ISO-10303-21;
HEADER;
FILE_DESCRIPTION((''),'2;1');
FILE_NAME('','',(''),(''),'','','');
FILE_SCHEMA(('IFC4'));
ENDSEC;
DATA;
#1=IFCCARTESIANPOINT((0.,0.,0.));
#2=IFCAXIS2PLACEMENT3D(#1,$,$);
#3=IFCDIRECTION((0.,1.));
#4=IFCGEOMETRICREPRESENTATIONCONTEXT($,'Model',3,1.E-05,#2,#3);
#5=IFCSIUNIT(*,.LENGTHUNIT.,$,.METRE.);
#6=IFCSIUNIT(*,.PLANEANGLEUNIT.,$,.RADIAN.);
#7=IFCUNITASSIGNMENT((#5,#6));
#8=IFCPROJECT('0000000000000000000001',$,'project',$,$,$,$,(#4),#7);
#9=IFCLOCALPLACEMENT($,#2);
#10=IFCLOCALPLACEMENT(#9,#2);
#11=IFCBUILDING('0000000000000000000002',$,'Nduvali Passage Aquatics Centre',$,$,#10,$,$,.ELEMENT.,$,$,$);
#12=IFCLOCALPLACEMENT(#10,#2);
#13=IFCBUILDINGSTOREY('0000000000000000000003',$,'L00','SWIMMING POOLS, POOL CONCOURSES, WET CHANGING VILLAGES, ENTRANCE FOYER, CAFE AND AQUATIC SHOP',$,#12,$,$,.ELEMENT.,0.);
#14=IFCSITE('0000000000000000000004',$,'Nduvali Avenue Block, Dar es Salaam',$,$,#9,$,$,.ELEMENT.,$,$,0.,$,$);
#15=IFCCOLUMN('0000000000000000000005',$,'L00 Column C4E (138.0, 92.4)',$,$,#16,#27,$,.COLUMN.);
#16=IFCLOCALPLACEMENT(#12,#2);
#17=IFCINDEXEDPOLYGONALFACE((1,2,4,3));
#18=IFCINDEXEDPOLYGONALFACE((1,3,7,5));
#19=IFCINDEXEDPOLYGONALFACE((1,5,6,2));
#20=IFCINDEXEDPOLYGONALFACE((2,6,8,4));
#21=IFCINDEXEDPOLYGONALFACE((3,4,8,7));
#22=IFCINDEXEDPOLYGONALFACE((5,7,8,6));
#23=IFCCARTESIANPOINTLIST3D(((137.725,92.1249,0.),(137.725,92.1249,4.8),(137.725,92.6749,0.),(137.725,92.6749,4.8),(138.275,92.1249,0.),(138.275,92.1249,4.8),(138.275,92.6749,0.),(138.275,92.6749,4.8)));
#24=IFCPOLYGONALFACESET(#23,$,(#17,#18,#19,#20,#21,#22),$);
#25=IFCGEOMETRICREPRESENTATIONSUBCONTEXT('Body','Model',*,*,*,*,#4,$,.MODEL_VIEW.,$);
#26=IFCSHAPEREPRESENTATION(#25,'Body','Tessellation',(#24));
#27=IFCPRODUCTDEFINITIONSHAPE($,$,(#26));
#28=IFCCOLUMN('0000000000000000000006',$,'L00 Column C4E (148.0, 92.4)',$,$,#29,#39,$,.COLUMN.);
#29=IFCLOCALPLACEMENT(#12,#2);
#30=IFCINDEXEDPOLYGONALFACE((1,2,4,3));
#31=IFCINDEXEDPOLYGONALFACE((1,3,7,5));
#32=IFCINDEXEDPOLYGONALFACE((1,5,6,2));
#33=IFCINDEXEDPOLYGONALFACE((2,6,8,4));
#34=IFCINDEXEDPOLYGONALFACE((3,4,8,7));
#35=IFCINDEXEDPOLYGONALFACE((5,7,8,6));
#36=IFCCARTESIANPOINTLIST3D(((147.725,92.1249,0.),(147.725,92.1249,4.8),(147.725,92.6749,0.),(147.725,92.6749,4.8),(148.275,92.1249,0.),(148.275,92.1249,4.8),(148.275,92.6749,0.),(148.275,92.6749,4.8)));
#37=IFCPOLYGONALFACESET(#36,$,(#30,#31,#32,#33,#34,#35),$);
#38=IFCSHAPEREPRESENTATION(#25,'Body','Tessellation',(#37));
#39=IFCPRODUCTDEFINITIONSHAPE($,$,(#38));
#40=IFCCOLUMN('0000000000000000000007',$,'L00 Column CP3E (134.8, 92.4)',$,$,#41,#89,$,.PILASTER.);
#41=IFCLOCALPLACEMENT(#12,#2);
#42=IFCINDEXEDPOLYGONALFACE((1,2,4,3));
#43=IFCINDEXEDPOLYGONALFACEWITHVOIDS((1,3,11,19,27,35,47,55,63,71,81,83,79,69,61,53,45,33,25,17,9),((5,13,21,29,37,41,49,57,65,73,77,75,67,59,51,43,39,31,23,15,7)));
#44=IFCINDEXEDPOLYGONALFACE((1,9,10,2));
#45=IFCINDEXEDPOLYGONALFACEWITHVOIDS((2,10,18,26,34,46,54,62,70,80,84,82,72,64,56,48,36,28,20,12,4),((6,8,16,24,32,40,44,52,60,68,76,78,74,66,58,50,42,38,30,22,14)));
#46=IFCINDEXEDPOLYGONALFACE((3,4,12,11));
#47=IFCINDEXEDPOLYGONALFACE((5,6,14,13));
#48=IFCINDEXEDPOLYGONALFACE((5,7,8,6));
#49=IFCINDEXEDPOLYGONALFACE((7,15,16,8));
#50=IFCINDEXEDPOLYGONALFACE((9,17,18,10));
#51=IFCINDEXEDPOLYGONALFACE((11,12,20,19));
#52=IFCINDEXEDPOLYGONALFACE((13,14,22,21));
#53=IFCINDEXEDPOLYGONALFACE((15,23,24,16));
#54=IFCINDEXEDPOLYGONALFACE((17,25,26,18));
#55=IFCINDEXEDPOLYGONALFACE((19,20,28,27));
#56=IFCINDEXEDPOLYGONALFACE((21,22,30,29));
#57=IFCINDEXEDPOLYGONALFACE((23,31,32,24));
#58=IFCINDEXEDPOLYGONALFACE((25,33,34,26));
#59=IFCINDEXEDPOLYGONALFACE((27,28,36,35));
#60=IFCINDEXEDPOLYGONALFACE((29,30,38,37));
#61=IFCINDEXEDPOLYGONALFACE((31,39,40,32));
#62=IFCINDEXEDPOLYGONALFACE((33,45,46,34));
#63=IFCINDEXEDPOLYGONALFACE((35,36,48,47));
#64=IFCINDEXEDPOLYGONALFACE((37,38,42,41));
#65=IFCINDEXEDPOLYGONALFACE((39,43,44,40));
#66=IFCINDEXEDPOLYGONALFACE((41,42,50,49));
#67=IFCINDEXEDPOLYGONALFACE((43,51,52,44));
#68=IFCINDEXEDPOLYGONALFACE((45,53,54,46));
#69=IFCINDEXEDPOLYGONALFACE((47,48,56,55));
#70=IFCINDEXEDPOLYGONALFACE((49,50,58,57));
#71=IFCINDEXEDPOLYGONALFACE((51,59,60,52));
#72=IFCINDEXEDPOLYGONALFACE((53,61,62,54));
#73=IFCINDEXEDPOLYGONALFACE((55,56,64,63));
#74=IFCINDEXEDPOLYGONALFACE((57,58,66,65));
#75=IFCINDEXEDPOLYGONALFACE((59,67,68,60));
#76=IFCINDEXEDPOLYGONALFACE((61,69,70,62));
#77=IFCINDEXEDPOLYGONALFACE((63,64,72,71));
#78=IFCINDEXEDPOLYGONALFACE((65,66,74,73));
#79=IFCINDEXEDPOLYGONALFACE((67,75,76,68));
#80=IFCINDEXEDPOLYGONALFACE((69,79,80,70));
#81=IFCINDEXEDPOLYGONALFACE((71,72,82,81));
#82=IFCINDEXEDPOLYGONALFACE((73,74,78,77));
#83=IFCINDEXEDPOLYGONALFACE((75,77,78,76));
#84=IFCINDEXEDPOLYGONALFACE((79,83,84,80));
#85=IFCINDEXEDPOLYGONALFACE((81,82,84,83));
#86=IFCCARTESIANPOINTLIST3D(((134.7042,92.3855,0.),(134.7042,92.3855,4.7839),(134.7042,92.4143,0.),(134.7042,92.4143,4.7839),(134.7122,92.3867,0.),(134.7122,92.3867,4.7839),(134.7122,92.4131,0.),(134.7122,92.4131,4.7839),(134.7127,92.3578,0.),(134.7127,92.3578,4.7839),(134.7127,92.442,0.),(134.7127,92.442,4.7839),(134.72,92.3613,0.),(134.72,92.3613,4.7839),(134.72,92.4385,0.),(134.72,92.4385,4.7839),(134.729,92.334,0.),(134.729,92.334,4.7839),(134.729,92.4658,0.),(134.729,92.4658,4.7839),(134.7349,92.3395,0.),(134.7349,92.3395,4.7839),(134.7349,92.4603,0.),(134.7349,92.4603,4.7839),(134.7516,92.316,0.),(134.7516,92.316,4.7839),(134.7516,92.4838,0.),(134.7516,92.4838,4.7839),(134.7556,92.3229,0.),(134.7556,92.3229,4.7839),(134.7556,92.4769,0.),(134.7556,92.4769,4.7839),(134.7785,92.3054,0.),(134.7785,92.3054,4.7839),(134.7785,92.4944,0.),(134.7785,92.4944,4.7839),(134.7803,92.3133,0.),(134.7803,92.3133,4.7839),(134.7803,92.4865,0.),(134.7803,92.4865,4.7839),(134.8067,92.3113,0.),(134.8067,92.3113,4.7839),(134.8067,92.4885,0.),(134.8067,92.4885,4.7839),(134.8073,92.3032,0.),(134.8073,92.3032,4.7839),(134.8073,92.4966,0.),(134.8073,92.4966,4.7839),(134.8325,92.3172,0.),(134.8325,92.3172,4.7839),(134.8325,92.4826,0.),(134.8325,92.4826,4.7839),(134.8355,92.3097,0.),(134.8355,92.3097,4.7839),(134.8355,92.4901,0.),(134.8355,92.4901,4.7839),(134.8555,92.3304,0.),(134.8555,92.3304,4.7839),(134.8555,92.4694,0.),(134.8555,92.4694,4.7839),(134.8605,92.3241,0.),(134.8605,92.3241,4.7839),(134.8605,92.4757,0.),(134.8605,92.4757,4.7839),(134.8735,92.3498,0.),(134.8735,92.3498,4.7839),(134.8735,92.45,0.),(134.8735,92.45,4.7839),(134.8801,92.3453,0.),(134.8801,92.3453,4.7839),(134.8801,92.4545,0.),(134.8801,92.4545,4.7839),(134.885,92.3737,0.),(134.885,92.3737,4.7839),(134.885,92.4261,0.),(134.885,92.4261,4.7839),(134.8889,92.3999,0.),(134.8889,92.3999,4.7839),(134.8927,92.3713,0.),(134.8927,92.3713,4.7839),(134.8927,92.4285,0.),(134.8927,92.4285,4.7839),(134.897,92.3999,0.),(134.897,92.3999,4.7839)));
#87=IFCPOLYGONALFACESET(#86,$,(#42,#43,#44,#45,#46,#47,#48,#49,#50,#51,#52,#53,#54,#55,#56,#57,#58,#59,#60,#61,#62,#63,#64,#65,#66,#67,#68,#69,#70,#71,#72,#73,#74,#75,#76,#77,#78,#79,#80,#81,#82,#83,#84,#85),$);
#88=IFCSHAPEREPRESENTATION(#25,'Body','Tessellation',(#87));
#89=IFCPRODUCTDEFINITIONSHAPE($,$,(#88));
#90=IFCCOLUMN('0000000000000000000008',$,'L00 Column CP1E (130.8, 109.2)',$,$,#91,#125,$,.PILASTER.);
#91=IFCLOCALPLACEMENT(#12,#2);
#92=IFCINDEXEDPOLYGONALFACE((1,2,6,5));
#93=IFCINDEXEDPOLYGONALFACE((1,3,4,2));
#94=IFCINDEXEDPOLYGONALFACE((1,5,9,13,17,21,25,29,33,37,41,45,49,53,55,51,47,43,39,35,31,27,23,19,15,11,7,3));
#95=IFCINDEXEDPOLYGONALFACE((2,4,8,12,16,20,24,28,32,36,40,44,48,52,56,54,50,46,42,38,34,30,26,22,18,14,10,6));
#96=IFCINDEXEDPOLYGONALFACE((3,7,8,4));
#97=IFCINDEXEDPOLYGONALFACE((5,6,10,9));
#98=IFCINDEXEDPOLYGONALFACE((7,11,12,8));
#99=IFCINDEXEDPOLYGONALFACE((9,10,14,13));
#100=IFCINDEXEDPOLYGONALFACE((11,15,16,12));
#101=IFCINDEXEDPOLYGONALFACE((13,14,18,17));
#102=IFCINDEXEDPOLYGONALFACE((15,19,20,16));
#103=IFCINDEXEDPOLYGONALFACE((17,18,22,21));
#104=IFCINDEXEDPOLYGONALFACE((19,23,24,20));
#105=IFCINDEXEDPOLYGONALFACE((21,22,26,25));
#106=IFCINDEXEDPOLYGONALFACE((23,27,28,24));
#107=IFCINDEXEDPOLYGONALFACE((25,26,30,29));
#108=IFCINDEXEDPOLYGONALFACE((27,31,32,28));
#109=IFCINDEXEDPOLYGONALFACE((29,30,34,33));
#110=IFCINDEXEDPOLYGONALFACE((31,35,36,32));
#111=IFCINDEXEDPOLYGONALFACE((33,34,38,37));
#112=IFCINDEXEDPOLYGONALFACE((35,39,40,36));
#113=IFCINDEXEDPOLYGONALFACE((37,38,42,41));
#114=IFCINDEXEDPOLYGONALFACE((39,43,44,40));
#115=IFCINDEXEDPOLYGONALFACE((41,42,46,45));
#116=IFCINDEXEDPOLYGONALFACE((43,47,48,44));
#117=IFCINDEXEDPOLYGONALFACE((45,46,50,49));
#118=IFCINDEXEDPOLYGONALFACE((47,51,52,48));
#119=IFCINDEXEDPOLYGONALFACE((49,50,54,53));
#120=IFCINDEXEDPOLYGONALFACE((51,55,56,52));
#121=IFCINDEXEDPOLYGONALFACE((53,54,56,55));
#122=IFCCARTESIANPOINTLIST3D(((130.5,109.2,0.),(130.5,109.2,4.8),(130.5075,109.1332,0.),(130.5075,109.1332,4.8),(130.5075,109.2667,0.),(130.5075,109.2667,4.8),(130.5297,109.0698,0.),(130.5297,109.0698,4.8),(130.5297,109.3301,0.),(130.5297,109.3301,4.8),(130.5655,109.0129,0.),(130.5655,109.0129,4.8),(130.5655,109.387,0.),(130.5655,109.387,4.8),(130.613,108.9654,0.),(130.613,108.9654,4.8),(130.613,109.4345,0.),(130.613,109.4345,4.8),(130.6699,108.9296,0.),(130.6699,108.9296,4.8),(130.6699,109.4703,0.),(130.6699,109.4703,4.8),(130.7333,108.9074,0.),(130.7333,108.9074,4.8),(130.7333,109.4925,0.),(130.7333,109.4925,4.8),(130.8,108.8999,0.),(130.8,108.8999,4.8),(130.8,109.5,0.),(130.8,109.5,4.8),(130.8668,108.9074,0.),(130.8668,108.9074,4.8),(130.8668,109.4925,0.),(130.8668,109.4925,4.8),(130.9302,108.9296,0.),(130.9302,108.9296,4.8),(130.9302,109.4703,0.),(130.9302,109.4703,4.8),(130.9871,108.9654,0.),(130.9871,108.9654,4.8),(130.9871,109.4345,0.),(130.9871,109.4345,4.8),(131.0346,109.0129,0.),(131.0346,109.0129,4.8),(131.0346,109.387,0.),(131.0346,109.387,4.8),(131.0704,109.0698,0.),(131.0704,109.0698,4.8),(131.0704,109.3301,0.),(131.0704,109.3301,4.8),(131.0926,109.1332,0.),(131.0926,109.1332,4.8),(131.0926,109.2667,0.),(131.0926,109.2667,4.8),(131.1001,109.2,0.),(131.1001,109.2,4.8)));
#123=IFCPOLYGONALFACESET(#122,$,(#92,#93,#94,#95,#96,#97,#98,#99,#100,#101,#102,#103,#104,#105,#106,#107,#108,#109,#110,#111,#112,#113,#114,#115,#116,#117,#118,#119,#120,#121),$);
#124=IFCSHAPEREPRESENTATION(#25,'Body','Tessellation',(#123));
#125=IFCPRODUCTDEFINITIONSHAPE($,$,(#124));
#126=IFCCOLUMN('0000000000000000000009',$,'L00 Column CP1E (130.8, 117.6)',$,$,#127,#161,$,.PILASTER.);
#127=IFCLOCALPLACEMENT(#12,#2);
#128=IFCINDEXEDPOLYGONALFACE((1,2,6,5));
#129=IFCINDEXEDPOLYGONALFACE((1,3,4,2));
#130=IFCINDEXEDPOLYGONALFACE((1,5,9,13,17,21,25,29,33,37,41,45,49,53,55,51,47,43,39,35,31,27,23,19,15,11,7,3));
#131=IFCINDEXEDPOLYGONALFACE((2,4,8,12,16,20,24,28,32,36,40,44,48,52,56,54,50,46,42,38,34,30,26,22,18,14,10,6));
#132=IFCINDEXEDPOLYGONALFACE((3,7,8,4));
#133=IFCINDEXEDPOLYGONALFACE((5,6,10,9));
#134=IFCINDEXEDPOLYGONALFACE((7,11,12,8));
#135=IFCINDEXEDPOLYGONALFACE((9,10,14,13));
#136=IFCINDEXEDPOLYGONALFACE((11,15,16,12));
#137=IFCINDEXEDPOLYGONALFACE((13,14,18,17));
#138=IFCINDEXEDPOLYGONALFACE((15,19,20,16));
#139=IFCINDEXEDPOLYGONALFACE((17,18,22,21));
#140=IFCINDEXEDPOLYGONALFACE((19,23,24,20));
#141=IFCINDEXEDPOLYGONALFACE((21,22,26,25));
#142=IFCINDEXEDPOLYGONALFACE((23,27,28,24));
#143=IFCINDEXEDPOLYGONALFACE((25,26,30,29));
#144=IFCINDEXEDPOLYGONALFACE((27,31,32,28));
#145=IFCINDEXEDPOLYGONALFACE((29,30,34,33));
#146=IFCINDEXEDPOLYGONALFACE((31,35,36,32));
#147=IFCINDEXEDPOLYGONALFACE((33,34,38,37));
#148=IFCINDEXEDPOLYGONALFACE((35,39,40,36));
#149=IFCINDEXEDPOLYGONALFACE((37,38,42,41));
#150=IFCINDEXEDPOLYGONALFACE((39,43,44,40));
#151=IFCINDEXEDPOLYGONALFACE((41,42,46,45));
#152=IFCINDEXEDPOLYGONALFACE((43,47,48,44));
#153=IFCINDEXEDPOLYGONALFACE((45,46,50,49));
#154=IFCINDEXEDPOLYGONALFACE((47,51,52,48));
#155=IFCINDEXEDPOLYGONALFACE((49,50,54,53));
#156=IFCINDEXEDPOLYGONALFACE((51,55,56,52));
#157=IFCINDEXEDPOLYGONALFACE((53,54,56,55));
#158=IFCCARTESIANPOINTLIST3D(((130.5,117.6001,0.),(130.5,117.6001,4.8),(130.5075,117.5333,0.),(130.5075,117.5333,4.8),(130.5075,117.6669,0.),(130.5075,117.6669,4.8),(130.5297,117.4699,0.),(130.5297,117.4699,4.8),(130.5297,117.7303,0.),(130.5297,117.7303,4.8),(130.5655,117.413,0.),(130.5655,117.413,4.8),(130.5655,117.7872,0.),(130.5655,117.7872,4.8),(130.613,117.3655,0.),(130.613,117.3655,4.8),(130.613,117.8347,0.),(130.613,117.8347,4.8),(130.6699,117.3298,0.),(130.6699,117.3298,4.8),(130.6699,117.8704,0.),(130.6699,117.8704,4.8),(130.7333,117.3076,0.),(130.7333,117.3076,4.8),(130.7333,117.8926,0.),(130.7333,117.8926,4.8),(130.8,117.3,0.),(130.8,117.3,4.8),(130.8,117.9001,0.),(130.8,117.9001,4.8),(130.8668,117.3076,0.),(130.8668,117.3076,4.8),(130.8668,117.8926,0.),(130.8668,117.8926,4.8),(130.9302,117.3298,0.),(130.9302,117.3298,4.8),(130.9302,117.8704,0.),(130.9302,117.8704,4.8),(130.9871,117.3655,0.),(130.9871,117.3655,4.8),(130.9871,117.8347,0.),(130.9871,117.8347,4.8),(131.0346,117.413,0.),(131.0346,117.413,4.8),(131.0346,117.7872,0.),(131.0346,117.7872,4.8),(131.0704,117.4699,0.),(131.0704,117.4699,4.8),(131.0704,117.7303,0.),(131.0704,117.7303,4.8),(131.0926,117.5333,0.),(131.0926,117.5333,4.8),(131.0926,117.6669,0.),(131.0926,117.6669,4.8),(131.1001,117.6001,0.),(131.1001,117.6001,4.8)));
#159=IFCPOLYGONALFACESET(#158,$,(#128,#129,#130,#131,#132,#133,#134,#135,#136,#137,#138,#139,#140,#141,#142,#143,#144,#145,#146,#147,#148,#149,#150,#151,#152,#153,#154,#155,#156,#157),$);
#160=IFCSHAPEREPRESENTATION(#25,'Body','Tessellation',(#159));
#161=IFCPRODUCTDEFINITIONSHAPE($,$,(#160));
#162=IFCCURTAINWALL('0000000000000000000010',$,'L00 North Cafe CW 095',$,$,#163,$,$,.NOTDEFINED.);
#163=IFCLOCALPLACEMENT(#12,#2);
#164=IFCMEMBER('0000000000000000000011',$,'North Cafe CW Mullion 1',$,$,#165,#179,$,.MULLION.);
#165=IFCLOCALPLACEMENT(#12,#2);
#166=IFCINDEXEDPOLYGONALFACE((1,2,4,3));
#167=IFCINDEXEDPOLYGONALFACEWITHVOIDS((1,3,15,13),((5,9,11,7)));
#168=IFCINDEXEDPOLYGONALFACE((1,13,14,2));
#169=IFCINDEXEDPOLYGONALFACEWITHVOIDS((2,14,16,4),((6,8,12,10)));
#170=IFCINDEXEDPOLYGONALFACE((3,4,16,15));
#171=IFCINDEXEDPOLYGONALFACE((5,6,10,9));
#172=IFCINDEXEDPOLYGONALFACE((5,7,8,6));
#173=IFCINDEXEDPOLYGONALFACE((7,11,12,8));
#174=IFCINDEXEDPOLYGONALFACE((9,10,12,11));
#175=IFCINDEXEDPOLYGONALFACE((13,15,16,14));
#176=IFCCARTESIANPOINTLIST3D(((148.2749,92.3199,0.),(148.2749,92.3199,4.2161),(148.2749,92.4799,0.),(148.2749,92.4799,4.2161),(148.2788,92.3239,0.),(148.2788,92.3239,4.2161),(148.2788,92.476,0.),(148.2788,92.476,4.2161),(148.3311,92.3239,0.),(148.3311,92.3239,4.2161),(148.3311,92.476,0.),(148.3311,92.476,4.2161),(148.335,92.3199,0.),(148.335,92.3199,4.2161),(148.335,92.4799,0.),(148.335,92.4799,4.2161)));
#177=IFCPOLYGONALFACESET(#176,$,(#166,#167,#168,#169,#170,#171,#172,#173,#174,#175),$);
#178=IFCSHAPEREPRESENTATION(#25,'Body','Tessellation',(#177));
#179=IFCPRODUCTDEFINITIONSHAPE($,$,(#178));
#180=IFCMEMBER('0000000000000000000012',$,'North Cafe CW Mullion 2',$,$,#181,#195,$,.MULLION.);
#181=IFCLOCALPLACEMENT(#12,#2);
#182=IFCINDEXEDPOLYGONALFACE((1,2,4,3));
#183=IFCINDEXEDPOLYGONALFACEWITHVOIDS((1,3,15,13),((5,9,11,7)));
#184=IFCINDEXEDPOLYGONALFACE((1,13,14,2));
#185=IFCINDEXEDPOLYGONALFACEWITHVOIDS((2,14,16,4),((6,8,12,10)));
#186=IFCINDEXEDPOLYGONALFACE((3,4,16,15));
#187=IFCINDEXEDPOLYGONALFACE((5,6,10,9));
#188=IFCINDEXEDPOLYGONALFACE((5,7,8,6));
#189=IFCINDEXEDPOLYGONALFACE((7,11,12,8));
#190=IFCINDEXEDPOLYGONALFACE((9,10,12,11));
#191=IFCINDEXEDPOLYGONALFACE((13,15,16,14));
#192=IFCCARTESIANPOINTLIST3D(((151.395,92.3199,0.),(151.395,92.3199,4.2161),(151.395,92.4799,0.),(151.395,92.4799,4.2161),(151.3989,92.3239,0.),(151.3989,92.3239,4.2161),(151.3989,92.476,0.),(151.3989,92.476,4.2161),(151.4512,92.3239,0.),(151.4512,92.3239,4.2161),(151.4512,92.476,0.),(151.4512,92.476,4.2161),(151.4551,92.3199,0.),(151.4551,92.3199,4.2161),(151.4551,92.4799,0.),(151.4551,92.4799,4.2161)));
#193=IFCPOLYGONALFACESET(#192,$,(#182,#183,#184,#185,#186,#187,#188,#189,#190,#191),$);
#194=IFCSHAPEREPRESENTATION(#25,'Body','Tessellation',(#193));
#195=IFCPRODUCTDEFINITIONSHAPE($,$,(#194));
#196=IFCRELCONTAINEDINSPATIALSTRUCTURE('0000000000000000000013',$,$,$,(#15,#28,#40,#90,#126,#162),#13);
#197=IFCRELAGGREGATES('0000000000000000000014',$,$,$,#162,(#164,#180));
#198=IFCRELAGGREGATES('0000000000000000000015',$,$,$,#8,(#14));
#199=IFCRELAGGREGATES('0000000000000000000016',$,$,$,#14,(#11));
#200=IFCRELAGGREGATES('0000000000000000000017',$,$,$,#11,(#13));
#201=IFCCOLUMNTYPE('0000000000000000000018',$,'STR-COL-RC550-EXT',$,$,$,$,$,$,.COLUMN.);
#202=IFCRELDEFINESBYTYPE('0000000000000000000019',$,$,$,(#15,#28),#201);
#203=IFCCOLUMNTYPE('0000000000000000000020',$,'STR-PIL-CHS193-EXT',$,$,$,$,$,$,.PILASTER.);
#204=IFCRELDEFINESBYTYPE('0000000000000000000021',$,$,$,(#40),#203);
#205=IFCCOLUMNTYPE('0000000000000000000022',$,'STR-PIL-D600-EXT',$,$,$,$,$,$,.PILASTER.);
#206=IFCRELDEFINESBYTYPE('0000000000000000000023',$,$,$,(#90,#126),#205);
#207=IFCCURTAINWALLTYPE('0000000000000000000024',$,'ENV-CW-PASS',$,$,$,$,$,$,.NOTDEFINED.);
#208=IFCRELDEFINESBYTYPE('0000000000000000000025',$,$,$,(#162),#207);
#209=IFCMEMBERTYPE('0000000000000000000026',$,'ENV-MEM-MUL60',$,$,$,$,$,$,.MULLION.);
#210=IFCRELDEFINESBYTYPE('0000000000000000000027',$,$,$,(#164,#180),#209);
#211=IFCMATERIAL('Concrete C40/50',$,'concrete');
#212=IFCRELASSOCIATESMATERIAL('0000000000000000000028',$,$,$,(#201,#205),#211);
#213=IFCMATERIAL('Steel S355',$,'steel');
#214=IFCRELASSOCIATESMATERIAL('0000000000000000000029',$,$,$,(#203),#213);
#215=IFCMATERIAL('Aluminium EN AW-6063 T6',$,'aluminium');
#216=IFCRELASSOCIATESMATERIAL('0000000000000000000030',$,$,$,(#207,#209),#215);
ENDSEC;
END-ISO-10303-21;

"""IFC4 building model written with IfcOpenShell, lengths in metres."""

from ifc_helpers import new_model, si_unit, direction, frame, origin, origin_2d, place, context, subcontext, project, spatial, rectangle, hollow_rectangle, circle, hollow_circle, extrude, material, material_profile, profile_set, type_object, element, aggregate, save


model = new_model("IFC4")

# Units and contexts
model_context = context("Model", 3, precision=1e-05, world=origin(), true_north=direction((0.0, 1.0)))
body_context = subcontext(model_context, "Body", "Model", "MODEL_VIEW")
ifc_project = project(units=[si_unit("LENGTHUNIT", "METRE"), si_unit("PLANEANGLEUNIT", "RADIAN")], contexts=[model_context])

# Site, building, storey
site_placement = place(None, origin())
site = spatial("IfcSite", under=ifc_project, at=site_placement, Name="Nduvali Avenue Block, Dar es Salaam", CompositionType="ELEMENT", RefElevation=0.0)
building_placement = place(site_placement, origin())
building = spatial("IfcBuilding", under=site, at=building_placement, Name="Nduvali Passage Aquatics Centre", CompositionType="ELEMENT")
storey_placement = place(building_placement, origin())
storey = spatial("IfcBuildingStorey", under=building, at=storey_placement, Name="L00", Description="SWIMMING POOLS, POOL CONCOURSES, WET CHANGING VILLAGES, ENTRANCE FOYER, CAFE AND AQUATIC SHOP", CompositionType="ELEMENT", Elevation=0.0)

# Columns
ifc_material_1 = material(Name="Concrete C40/50", Category="concrete")
ifc_material_profile_1 = material_profile(ifc_material_1, rectangle(XDim=0.55, YDim=0.55, at=origin_2d()), Name="RC 550x550")
ifc_profile_set_1 = profile_set([ifc_material_profile_1], Name="Concrete C40/50")
column_type_1 = type_object("IfcColumnType", Name="STR-COL-RC550-EXT", PredefinedType="COLUMN", material=ifc_profile_set_1)
for number, where, z_axis, x_axis, name in (
    (1, (138.0, 92.3999, 0.0), (0.0, 0.0, 1.0), (1.0, 0.0, 0.0), "L00 Column C4E (138.0, 92.4)"),
    (2, (148.0, 92.3999, 0.0), (0.0, 0.0, 1.0), (1.0, 0.0, 0.0), "L00 Column C4E (148.0, 92.4)"),
):
    element("IfcColumn", number, at=place(storey_placement, frame(where, z_axis=z_axis, x_axis=x_axis)), inside=storey, type_object=column_type_1, Name=name, PredefinedType="COLUMN", context=body_context, shape_type="SweptSolid", body=[
        extrude(rectangle(XDim=0.55, YDim=0.55, at=origin_2d()), origin(), (0.0, 0.0, 1.0), 4.8),
    ])
ifc_material_2 = material(Name="Steel S355", Category="steel")
ifc_material_profile_2 = material_profile(ifc_material_2, hollow_circle(Radius=0.0969, WallThickness=0.0081, at=origin_2d()), Name="CHS 193.7x8.0")
ifc_profile_set_2 = profile_set([ifc_material_profile_2], Name="Steel S355")
column_type_2 = type_object("IfcColumnType", Name="STR-PIL-CHS193-EXT", PredefinedType="PILASTER", material=ifc_profile_set_2)
column_placement = place(storey_placement, frame((134.8, 92.3999, 0.0), z_axis=(0.0, 0.0, 1.0), x_axis=(1.0, 0.0, 0.0)))
element("IfcColumn", 3, at=column_placement, inside=storey, type_object=column_type_2, Name="L00 Column CP3E (134.8, 92.4)", PredefinedType="PILASTER", context=body_context, shape_type="SweptSolid", body=[
    extrude(hollow_circle(Radius=0.0969, WallThickness=0.0081, at=origin_2d()), origin(), (0.0, 0.0, 1.0), 4.7839),
])
ifc_material_profile_3 = material_profile(ifc_material_1, circle(Radius=0.3, at=origin_2d()), Name="RC D600")
ifc_profile_set_3 = profile_set([ifc_material_profile_3], Name="Concrete C40/50")
column_type_3 = type_object("IfcColumnType", Name="STR-PIL-D600-EXT", PredefinedType="PILASTER", material=ifc_profile_set_3)
for number, where, z_axis, x_axis, name in (
    (4, (130.8, 109.2, 0.0), (0.0, 0.0, 1.0), (1.0, 0.0, 0.0), "L00 Column CP1E (130.8, 109.2)"),
    (5, (130.8, 117.6001, 0.0), (0.0, 0.0, 1.0), (1.0, 0.0, 0.0), "L00 Column CP1E (130.8, 117.6)"),
):
    element("IfcColumn", number, at=place(storey_placement, frame(where, z_axis=z_axis, x_axis=x_axis)), inside=storey, type_object=column_type_3, Name=name, PredefinedType="PILASTER", context=body_context, shape_type="SweptSolid", body=[
        extrude(circle(Radius=0.3, at=origin_2d()), origin(), (0.0, 0.0, 1.0), 4.8),
    ])

# Curtain wall, members
ifc_material_3 = material(Name="Aluminium EN AW-6063 T6", Category="aluminium")
curtain_wall_type = type_object("IfcCurtainWallType", Name="ENV-CW-PASS", PredefinedType="NOTDEFINED", material=ifc_material_3)
curtain_wall_placement = place(storey_placement, origin())
curtain_wall = element("IfcCurtainWall", 6, at=curtain_wall_placement, inside=storey, type_object=curtain_wall_type, Name="L00 North Cafe CW 095", PredefinedType="NOTDEFINED")
ifc_material_profile_4 = material_profile(ifc_material_3, hollow_rectangle(XDim=0.0601, YDim=0.1599, WallThickness=0.0039, at=origin_2d()), Name="ALU MULLION 60x160x4")
ifc_profile_set_4 = profile_set([ifc_material_profile_4], Name="Aluminium EN AW-6063 T6")
member_type_1 = type_object("IfcMemberType", Name="ENV-MEM-MUL60", PredefinedType="MULLION", material=ifc_profile_set_4)
member_1_placement = place(storey_placement, frame((148.3049, 92.3999, 0.0), z_axis=(0.0, 0.0, 1.0), x_axis=(1.0, 0.0, 0.0)))
member_1 = element("IfcMember", 7, at=member_1_placement, type_object=member_type_1, Name="North Cafe CW Mullion 1", PredefinedType="MULLION", context=body_context, shape_type="SweptSolid", body=[
    extrude(hollow_rectangle(XDim=0.0601, YDim=0.1599, WallThickness=0.0039, at=origin_2d()), origin(), (0.0, 0.0, 1.0), 4.2161),
])
member_2_placement = place(storey_placement, frame((151.425, 92.3999, 0.0), z_axis=(0.0, 0.0, 1.0), x_axis=(1.0, 0.0, 0.0)))
member_2 = element("IfcMember", 8, at=member_2_placement, type_object=member_type_1, Name="North Cafe CW Mullion 2", PredefinedType="MULLION", context=body_context, shape_type="SweptSolid", body=[
    extrude(hollow_rectangle(XDim=0.0601, YDim=0.1599, WallThickness=0.0039, at=origin_2d()), origin(), (0.0, 0.0, 1.0), 4.2161),
])

aggregate(curtain_wall, [member_1, member_2])

save(model, "model.ifc")
